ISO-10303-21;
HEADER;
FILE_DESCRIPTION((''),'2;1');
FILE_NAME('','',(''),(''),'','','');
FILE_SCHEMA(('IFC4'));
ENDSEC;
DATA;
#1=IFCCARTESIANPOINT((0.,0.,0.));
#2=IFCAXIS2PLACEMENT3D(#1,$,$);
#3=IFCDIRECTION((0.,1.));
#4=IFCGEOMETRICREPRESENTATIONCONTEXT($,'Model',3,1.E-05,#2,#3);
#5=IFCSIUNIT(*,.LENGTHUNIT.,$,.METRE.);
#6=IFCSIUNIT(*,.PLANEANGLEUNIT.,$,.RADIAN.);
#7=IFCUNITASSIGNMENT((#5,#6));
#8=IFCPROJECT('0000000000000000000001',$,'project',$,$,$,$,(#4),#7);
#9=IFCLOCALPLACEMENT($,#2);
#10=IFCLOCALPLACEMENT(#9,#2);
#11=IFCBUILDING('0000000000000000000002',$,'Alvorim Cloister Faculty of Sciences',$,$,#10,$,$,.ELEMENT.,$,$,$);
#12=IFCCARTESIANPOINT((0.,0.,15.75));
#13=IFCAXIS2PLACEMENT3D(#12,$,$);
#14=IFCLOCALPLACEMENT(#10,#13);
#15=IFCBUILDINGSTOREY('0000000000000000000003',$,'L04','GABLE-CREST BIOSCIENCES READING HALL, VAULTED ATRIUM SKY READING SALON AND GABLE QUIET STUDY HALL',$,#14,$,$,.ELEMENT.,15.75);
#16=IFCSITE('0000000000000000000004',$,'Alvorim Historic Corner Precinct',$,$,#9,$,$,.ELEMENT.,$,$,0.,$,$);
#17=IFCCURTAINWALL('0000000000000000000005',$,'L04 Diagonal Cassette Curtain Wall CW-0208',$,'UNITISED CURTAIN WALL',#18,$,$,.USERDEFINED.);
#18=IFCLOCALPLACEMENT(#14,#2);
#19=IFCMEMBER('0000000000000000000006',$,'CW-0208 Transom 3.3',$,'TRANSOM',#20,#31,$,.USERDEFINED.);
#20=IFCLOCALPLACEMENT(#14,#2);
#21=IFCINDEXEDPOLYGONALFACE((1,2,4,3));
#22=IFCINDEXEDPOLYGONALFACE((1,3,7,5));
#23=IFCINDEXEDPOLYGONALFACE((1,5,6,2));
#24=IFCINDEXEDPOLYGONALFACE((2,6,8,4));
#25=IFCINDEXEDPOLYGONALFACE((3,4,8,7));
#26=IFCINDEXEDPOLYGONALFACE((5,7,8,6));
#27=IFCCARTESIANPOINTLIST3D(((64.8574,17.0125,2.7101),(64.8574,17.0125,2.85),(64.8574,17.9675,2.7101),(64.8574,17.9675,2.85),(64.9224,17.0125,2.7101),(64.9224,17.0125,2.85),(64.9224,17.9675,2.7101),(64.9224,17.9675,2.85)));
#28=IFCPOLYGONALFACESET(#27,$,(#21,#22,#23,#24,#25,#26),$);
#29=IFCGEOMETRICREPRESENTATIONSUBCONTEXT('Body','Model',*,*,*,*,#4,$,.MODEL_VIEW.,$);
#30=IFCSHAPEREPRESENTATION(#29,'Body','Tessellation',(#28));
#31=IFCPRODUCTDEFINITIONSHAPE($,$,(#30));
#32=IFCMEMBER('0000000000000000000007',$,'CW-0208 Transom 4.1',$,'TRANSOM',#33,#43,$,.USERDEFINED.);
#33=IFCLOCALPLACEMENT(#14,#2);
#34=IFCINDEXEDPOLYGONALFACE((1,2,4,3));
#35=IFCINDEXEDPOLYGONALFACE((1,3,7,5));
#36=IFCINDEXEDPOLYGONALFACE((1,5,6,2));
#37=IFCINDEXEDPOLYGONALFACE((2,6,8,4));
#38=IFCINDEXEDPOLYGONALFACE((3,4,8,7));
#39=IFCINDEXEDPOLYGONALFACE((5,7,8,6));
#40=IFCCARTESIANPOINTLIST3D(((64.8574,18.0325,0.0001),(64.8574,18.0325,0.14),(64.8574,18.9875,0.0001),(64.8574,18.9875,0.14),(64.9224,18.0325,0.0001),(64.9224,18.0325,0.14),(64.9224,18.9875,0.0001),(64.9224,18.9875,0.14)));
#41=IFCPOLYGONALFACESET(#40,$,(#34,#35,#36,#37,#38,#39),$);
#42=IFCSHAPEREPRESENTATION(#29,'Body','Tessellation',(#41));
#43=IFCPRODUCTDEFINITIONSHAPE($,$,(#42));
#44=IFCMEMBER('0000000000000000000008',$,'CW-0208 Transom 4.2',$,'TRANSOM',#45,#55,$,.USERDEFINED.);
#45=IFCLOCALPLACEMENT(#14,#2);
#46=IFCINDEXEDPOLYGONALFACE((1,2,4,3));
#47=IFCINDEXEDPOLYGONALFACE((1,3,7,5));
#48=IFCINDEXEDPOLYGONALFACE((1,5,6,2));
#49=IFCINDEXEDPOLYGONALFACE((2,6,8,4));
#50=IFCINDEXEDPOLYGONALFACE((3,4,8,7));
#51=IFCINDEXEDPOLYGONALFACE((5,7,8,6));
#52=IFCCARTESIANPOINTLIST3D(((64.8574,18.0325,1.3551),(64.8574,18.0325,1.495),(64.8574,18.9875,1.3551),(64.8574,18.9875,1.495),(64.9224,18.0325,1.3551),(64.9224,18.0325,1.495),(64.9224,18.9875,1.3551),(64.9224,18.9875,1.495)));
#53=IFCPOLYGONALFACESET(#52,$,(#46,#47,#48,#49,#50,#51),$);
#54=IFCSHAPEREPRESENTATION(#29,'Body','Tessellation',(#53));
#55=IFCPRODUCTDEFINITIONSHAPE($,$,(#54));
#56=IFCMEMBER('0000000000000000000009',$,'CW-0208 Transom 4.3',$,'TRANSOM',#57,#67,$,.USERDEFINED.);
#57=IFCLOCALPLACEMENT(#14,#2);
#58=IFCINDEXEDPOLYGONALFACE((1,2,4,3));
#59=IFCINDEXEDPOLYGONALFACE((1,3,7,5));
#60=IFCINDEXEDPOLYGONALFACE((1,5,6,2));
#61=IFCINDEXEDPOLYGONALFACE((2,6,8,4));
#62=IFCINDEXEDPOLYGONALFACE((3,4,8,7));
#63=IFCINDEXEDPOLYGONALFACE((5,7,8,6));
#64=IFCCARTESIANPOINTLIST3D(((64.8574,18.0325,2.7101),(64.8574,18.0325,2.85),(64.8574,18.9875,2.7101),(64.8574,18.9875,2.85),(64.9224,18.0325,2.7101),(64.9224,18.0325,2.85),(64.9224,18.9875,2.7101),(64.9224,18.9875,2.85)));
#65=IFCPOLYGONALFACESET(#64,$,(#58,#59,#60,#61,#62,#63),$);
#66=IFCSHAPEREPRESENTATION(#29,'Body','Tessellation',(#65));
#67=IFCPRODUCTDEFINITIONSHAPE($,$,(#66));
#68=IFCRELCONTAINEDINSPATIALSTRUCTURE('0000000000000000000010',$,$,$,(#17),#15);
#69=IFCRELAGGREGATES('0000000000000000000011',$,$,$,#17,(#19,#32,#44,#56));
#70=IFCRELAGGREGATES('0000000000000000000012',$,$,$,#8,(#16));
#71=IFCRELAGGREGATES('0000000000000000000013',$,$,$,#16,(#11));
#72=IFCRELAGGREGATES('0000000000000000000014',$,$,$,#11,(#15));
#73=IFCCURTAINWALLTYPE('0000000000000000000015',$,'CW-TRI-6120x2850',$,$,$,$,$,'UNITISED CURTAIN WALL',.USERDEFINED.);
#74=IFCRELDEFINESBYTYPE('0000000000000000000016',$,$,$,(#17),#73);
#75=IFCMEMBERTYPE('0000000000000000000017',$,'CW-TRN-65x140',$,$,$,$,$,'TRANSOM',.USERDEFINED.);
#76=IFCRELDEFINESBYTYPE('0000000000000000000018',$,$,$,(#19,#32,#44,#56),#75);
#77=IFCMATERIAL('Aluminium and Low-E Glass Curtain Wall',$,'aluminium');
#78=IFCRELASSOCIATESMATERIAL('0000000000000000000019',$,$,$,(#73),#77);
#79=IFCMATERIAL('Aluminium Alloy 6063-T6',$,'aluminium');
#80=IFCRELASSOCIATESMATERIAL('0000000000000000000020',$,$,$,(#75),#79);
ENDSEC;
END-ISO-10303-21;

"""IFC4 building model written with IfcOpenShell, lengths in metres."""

from ifc_helpers import new_model, si_unit, direction, frame, origin, origin_2d, place, context, subcontext, project, spatial, rectangle, extrude, material, material_profile, profile_set, type_object, element, aggregate, save


model = new_model("IFC4")

# Units and contexts
model_context = context("Model", 3, precision=1e-05, world=origin(), true_north=direction((0.0, 1.0)))
body_context = subcontext(model_context, "Body", "Model", "MODEL_VIEW")
ifc_project = project(units=[si_unit("LENGTHUNIT", "METRE"), si_unit("PLANEANGLEUNIT", "RADIAN")], contexts=[model_context])

# Site, building, storey
site_placement = place(None, origin())
site = spatial("IfcSite", under=ifc_project, at=site_placement, Name="Alvorim Historic Corner Precinct", CompositionType="ELEMENT", RefElevation=0.0)
building_placement = place(site_placement, origin())
building = spatial("IfcBuilding", under=site, at=building_placement, Name="Alvorim Cloister Faculty of Sciences", CompositionType="ELEMENT")
storey_placement = place(building_placement, frame((0.0, 0.0, 15.75)))
storey = spatial("IfcBuildingStorey", under=building, at=storey_placement, Name="L04", Description="GABLE-CREST BIOSCIENCES READING HALL, VAULTED ATRIUM SKY READING SALON AND GABLE QUIET STUDY HALL", CompositionType="ELEMENT", Elevation=15.75)

# Curtain wall, members
ifc_material_1 = material(Name="Aluminium and Low-E Glass Curtain Wall", Category="aluminium")
curtain_wall_type = type_object("IfcCurtainWallType", Name="CW-TRI-6120x2850", ElementType="UNITISED CURTAIN WALL", PredefinedType="USERDEFINED", material=ifc_material_1)
curtain_wall_placement = place(storey_placement, origin())
curtain_wall = element("IfcCurtainWall", 1, at=curtain_wall_placement, inside=storey, type_object=curtain_wall_type, Name="L04 Diagonal Cassette Curtain Wall CW-0208", ObjectType="UNITISED CURTAIN WALL", PredefinedType="USERDEFINED")
ifc_material_2 = material(Name="Aluminium Alloy 6063-T6", Category="aluminium")
ifc_material_profile_1 = material_profile(ifc_material_2, rectangle(XDim=0.0649, YDim=0.1399, at=origin_2d()), Name="ALU-TRN-65x140")
ifc_profile_set_1 = profile_set([ifc_material_profile_1], Name="Aluminium Alloy 6063-T6")
member_type_1 = type_object("IfcMemberType", Name="CW-TRN-65x140", ElementType="TRANSOM", PredefinedType="USERDEFINED", material=ifc_profile_set_1)
member_1_placement = place(storey_placement, frame((64.8899, 17.0125, 2.78), z_axis=(0.0, 1.0, 0.0), x_axis=(-1.0, 0.0, 0.0)))
member_1 = element("IfcMember", 2, at=member_1_placement, type_object=member_type_1, Name="CW-0208 Transom 3.3", ObjectType="TRANSOM", PredefinedType="USERDEFINED", context=body_context, shape_type="SweptSolid", body=[
    extrude(rectangle(XDim=0.0649, YDim=0.1399, at=origin_2d()), origin(), (0.0, 0.0, 1.0), 0.9551),
])
member_2_placement = place(storey_placement, frame((64.8899, 18.0325, 0.0701), z_axis=(0.0, 1.0, 0.0), x_axis=(-1.0, 0.0, 0.0)))
member_2 = element("IfcMember", 3, at=member_2_placement, type_object=member_type_1, Name="CW-0208 Transom 4.1", ObjectType="TRANSOM", PredefinedType="USERDEFINED", context=body_context, shape_type="SweptSolid", body=[
    extrude(rectangle(XDim=0.0649, YDim=0.1399, at=origin_2d()), origin(), (0.0, 0.0, 1.0), 0.9551),
])
member_3_placement = place(storey_placement, frame((64.8899, 18.0325, 1.425), z_axis=(0.0, 1.0, 0.0), x_axis=(-1.0, 0.0, 0.0)))
member_3 = element("IfcMember", 4, at=member_3_placement, type_object=member_type_1, Name="CW-0208 Transom 4.2", ObjectType="TRANSOM", PredefinedType="USERDEFINED", context=body_context, shape_type="SweptSolid", body=[
    extrude(rectangle(XDim=0.0649, YDim=0.1399, at=origin_2d()), origin(), (0.0, 0.0, 1.0), 0.9551),
])
member_4_placement = place(storey_placement, frame((64.8899, 18.0325, 2.78), z_axis=(0.0, 1.0, 0.0), x_axis=(-1.0, 0.0, 0.0)))
member_4 = element("IfcMember", 5, at=member_4_placement, type_object=member_type_1, Name="CW-0208 Transom 4.3", ObjectType="TRANSOM", PredefinedType="USERDEFINED", context=body_context, shape_type="SweptSolid", body=[
    extrude(rectangle(XDim=0.0649, YDim=0.1399, at=origin_2d()), origin(), (0.0, 0.0, 1.0), 0.9551),
])
aggregate(curtain_wall, [member_1, member_2, member_3, member_4])

save(model, "model.ifc")
